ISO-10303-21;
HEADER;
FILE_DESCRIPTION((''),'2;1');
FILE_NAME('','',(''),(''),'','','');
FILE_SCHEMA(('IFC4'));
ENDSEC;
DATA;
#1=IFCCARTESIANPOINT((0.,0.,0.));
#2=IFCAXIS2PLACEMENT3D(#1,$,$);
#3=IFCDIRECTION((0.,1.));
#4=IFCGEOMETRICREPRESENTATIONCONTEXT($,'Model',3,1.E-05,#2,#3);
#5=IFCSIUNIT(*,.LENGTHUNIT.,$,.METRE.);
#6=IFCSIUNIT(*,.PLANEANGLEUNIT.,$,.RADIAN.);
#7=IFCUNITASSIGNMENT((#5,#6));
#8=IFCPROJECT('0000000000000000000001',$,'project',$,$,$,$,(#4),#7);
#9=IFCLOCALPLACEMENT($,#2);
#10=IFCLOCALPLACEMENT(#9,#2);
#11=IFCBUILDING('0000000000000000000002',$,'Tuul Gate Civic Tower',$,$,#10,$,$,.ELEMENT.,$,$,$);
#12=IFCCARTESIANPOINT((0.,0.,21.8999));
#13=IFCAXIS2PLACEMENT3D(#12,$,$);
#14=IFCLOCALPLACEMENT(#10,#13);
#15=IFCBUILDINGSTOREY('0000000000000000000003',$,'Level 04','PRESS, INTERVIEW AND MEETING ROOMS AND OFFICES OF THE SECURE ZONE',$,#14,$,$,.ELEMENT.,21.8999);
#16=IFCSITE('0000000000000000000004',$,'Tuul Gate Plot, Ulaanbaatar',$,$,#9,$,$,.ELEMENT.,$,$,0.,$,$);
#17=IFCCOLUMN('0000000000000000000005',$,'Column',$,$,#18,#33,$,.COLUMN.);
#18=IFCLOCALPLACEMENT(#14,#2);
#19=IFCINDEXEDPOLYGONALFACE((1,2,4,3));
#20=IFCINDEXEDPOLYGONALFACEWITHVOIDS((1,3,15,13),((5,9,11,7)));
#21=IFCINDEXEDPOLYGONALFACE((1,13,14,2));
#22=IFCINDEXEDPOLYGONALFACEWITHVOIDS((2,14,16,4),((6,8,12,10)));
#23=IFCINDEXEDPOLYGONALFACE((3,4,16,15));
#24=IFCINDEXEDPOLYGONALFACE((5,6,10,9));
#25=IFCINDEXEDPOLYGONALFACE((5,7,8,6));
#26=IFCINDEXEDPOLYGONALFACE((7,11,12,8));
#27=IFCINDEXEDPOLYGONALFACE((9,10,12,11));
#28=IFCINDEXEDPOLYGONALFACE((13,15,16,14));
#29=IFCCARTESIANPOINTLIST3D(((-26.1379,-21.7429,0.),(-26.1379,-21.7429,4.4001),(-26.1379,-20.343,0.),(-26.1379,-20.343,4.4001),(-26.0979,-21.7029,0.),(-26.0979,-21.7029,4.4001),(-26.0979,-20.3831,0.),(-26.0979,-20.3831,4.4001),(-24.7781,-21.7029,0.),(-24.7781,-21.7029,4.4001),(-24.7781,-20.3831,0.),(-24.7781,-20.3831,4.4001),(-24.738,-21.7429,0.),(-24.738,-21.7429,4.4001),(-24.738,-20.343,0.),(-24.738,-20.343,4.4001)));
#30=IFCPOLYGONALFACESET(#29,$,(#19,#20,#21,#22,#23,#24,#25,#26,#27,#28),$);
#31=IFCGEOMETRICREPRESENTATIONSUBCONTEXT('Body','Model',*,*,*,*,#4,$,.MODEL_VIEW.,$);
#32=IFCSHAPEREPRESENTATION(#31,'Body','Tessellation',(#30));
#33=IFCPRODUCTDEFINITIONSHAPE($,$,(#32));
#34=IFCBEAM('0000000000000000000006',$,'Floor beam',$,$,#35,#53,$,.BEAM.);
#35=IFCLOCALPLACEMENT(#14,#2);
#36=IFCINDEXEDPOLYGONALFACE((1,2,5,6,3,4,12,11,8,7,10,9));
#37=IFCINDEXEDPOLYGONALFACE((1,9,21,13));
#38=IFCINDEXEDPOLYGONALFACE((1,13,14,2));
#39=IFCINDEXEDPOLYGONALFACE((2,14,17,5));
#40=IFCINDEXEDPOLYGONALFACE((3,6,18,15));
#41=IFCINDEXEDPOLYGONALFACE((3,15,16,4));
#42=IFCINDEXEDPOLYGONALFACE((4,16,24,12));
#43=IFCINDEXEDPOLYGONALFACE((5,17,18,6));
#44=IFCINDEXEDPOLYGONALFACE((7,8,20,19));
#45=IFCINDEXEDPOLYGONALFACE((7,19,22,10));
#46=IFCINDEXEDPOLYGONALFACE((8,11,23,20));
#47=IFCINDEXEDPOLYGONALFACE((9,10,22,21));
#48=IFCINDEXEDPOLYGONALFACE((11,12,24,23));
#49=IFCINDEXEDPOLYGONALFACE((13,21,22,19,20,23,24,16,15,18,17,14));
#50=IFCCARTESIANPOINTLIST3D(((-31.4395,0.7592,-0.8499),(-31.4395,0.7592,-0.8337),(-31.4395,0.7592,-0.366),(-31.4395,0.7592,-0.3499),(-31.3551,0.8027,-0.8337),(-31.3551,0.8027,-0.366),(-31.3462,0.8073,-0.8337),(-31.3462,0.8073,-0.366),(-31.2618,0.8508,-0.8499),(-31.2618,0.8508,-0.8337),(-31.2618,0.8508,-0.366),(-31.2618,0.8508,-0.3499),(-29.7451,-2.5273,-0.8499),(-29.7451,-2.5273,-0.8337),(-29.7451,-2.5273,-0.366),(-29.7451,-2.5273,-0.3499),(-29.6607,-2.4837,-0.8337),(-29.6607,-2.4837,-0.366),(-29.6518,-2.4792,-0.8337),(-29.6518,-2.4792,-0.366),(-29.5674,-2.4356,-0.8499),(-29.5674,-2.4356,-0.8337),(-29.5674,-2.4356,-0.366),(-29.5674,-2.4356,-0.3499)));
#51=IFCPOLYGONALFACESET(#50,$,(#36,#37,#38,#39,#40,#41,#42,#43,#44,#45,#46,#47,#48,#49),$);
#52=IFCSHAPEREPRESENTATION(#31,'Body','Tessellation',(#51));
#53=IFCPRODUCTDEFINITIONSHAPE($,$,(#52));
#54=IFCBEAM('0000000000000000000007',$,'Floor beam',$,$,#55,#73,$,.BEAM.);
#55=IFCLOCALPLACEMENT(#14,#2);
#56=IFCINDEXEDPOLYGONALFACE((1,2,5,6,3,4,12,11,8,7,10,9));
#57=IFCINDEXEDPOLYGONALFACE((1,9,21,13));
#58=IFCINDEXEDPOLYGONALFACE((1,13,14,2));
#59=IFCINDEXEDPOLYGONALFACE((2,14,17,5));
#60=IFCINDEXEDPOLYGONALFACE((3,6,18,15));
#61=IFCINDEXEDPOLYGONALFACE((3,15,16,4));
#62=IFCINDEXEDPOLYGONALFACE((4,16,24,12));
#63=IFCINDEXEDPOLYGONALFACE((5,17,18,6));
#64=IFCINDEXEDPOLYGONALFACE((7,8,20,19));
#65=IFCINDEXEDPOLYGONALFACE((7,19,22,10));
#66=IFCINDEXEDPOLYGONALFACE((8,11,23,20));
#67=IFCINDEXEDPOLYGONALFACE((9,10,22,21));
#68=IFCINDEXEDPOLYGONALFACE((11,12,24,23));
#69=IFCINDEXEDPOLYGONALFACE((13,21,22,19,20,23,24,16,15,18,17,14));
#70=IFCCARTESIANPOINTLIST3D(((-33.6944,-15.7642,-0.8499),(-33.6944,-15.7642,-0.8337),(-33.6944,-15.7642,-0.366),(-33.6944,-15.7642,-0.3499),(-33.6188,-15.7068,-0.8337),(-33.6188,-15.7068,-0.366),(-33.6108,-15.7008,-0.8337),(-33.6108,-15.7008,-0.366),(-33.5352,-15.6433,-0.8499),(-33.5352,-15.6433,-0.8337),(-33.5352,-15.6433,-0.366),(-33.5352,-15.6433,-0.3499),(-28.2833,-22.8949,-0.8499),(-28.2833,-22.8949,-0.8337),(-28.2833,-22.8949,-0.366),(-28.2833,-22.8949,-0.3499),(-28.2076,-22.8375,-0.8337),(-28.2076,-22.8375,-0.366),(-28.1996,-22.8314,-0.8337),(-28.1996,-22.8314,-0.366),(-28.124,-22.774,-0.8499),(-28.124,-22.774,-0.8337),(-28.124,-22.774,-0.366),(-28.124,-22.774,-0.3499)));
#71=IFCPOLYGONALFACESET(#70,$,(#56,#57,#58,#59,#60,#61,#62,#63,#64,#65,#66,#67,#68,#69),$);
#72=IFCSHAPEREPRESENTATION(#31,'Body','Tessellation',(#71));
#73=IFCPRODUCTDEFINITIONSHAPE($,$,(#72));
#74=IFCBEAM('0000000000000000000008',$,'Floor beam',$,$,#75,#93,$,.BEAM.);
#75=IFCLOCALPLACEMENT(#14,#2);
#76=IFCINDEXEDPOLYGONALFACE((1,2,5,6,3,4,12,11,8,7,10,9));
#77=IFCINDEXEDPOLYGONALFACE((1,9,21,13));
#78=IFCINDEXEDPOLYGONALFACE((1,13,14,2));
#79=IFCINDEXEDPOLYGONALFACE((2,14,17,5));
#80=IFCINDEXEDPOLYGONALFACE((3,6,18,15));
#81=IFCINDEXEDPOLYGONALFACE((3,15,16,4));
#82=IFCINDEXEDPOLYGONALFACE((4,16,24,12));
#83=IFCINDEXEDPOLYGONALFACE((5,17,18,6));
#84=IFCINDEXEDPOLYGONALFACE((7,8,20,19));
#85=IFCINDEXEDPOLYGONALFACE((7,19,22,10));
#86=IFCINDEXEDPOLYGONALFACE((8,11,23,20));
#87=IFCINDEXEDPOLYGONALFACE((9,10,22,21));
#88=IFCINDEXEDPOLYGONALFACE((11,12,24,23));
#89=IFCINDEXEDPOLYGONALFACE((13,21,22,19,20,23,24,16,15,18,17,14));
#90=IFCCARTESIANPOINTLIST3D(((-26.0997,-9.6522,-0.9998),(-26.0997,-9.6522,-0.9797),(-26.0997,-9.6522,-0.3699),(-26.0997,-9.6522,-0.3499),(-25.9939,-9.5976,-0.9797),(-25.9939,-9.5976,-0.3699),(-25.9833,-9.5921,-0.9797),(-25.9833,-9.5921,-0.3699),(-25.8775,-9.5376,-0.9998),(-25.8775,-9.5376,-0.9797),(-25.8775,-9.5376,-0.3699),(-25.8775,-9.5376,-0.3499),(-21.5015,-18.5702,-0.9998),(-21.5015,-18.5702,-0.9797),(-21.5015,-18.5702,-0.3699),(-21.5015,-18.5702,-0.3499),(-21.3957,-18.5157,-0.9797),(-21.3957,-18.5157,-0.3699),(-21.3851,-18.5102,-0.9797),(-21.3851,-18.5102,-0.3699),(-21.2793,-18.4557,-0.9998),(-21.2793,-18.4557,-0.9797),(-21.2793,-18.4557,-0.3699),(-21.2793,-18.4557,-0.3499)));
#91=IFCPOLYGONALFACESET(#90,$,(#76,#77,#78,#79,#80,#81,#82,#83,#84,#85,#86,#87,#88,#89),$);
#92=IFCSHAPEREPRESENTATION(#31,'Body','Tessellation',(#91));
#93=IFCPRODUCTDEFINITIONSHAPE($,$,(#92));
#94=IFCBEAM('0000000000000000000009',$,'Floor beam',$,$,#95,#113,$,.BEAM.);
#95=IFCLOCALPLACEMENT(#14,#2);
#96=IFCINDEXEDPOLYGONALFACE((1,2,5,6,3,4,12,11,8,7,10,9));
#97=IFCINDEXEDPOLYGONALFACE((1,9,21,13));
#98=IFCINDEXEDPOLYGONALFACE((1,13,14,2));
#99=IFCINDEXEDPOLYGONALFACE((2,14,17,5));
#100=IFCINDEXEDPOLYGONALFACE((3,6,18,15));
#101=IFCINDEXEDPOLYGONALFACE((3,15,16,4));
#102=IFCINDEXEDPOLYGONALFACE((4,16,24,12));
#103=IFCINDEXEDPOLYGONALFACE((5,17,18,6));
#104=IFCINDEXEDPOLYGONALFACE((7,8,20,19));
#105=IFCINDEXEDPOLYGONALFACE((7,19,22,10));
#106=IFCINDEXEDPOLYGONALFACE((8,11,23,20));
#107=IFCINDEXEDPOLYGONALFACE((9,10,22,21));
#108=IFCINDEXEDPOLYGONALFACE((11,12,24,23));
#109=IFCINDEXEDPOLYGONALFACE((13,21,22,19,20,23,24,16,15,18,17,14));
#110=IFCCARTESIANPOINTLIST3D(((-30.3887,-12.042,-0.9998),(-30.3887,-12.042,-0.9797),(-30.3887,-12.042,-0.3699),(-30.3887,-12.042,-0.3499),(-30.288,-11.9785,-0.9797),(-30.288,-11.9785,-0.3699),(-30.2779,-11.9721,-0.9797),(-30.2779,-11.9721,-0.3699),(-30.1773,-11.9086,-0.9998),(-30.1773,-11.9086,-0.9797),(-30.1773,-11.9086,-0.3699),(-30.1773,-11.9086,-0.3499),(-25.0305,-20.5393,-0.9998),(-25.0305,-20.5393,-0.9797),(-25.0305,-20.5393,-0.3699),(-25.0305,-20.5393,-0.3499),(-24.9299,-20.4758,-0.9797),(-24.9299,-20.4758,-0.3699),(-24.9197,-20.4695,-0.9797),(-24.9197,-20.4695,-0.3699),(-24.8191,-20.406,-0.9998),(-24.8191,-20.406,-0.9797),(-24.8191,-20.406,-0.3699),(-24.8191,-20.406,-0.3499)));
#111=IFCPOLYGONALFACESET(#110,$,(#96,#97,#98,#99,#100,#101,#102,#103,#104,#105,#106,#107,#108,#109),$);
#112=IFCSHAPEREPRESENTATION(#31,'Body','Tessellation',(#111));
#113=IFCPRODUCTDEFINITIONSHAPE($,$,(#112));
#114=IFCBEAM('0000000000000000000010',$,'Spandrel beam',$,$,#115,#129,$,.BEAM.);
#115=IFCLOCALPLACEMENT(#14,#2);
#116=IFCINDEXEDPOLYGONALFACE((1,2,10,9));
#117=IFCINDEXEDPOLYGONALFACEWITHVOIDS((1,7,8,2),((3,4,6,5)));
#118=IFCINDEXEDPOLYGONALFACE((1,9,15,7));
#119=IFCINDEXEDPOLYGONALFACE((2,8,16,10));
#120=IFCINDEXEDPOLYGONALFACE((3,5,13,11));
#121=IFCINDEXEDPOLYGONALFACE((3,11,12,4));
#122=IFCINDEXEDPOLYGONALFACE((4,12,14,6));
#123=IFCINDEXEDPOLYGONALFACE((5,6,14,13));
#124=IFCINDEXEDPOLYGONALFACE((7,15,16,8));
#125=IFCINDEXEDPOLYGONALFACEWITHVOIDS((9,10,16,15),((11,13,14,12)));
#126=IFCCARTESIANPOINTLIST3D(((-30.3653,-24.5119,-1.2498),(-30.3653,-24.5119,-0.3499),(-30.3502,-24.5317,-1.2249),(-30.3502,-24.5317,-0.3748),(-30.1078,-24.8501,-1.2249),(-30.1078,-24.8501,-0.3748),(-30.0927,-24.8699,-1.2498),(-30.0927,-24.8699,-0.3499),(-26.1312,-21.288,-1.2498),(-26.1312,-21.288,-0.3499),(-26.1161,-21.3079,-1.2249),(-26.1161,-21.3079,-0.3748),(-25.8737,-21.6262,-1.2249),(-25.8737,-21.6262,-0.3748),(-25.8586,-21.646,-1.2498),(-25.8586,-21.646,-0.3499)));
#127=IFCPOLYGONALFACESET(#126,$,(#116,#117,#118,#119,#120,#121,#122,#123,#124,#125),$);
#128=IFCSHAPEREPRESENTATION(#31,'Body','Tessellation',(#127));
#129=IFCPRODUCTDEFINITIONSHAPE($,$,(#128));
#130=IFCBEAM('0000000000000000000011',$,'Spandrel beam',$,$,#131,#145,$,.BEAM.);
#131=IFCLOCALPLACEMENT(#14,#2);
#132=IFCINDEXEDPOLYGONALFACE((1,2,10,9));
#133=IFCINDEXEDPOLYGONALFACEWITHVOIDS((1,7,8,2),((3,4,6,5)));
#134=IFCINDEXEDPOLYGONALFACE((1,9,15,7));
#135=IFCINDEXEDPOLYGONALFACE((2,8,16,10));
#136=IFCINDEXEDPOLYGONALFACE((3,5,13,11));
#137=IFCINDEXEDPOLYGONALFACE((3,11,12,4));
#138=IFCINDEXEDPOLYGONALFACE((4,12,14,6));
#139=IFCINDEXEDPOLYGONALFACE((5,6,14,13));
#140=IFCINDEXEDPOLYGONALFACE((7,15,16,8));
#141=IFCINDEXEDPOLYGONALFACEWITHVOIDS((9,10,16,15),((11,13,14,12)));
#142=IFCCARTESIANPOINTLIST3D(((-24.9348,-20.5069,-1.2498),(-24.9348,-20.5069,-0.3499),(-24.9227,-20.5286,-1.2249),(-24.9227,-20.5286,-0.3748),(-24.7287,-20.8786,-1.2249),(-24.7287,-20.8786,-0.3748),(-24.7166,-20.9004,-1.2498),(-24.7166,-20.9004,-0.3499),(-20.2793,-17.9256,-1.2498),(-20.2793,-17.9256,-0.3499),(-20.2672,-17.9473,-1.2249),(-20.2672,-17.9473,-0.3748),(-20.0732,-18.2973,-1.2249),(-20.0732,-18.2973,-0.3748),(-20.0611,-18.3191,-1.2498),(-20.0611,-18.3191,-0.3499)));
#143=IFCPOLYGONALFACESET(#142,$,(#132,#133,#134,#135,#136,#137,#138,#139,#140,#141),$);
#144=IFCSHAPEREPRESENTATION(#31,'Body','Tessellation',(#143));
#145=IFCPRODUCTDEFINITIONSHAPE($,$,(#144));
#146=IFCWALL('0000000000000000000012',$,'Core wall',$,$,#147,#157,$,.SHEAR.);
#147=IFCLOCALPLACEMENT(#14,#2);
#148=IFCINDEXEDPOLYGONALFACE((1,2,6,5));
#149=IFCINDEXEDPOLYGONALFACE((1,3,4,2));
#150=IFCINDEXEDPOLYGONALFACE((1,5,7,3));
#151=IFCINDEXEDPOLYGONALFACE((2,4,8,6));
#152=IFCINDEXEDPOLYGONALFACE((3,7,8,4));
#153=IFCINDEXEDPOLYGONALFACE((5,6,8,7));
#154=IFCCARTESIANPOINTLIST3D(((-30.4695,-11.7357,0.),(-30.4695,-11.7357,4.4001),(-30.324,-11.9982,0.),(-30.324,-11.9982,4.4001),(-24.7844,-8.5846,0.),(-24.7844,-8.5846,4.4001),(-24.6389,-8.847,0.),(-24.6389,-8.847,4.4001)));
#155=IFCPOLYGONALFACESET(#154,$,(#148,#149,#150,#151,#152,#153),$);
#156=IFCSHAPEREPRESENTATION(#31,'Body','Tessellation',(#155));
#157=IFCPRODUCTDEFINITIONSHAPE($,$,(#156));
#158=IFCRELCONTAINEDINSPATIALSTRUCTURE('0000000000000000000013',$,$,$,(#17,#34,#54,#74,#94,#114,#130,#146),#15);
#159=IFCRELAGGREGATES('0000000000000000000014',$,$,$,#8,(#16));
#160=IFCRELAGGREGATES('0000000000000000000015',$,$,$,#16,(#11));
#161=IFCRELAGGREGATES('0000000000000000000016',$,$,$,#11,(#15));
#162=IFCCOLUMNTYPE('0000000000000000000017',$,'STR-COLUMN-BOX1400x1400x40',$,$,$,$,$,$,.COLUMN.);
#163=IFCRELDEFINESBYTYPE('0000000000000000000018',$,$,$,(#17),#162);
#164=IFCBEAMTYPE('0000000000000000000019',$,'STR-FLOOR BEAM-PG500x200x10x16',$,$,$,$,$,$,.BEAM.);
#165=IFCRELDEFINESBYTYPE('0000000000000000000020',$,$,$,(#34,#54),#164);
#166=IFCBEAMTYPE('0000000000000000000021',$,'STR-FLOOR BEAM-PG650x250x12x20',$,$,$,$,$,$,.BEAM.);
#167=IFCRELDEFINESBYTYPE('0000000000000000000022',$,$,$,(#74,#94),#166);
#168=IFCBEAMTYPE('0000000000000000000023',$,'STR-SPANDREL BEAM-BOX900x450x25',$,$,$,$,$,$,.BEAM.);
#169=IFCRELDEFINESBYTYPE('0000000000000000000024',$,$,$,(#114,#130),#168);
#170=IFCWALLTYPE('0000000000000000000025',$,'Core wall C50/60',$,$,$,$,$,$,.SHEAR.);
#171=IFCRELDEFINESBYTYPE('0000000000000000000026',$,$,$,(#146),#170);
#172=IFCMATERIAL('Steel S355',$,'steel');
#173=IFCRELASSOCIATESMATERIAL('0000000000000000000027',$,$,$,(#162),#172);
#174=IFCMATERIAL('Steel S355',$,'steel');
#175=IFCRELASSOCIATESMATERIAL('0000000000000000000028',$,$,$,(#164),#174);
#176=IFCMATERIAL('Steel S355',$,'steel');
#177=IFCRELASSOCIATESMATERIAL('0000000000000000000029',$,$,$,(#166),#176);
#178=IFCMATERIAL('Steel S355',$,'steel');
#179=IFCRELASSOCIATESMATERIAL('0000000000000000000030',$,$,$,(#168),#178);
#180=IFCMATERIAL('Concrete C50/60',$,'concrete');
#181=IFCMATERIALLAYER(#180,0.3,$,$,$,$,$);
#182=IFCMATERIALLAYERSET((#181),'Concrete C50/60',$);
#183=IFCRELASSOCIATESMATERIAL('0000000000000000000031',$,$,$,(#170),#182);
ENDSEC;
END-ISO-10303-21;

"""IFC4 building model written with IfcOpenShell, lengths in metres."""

from ifc_helpers import new_model, si_unit, direction, frame, frame_2d, origin, origin_2d, place, context, subcontext, project, spatial, rectangle, hollow_rectangle, i_section, extrude, material, layer, layer_set, material_profile, profile_set, type_object, element, save


model = new_model("IFC4")

# Units and contexts
model_context = context("Model", 3, precision=1e-05, world=origin(), true_north=direction((0.0, 1.0)))
body_context = subcontext(model_context, "Body", "Model", "MODEL_VIEW")
ifc_project = project(units=[si_unit("LENGTHUNIT", "METRE"), si_unit("PLANEANGLEUNIT", "RADIAN")], contexts=[model_context])

# Site, building, storey
site_placement = place(None, origin())
site = spatial("IfcSite", under=ifc_project, at=site_placement, Name="Tuul Gate Plot, Ulaanbaatar", CompositionType="ELEMENT", RefElevation=0.0)
building_placement = place(site_placement, origin())
building = spatial("IfcBuilding", under=site, at=building_placement, Name="Tuul Gate Civic Tower", CompositionType="ELEMENT")
storey_placement = place(building_placement, frame((0.0, 0.0, 21.8999)))
storey = spatial("IfcBuildingStorey", under=building, at=storey_placement, Name="Level 04", Description="PRESS, INTERVIEW AND MEETING ROOMS AND OFFICES OF THE SECURE ZONE", CompositionType="ELEMENT", Elevation=21.8999)

# Column
ifc_material_1 = material(Name="Steel S355", Category="steel")
ifc_material_profile_1 = material_profile(ifc_material_1, hollow_rectangle(XDim=1.3999, YDim=1.3999, WallThickness=0.04, at=origin_2d()), Name="BOX1400x1400x40")
ifc_profile_set_1 = profile_set([ifc_material_profile_1], Name="Steel S355")
column_type = type_object("IfcColumnType", Name="STR-COLUMN-BOX1400x1400x40", PredefinedType="COLUMN", material=ifc_profile_set_1)
column_placement = place(storey_placement, frame((-25.438, -21.043, 0.0), z_axis=(0.0, 0.0, 1.0), x_axis=(1.0, 0.0, 0.0)))
element("IfcColumn", 1, at=column_placement, inside=storey, type_object=column_type, Name="Column", PredefinedType="COLUMN", context=body_context, shape_type="SweptSolid", body=[
    extrude(hollow_rectangle(XDim=1.3999, YDim=1.3999, WallThickness=0.04, at=origin_2d()), origin(), (0.0, 0.0, 1.0), 4.4001),
])

# Beams
ifc_material_2 = material(Name="Steel S355", Category="steel")
ifc_material_profile_2 = material_profile(ifc_material_2, i_section(OverallWidth=0.2, OverallDepth=0.5, WebThickness=0.01, FlangeThickness=0.0161, at=origin_2d()), Name="PG500x200x10x16")
ifc_profile_set_2 = profile_set([ifc_material_profile_2], Name="Steel S355")
beam_type_1 = type_object("IfcBeamType", Name="STR-FLOOR BEAM-PG500x200x10x16", PredefinedType="BEAM", material=ifc_profile_set_2)
beam_1_placement = place(storey_placement, frame((-29.6562, -2.4814, -0.5999), z_axis=(-0.458246, 0.888825, 0.0), x_axis=(-0.888825, -0.458246, 0.0)))
element("IfcBeam", 2, at=beam_1_placement, inside=storey, type_object=beam_type_1, Name="Floor beam", PredefinedType="BEAM", context=body_context, shape_type="SweptSolid", body=[
    extrude(i_section(OverallWidth=0.2, OverallDepth=0.5, WebThickness=0.01, FlangeThickness=0.0161, at=origin_2d()), origin(), (0.0, 0.0, 1.0), 3.6975),
])
beam_2_placement = place(storey_placement, frame((-28.2036, -22.8345, -0.5999), z_axis=(-0.604507, 0.7966, 0.0), x_axis=(-0.7966, -0.604507, 0.0)))
element("IfcBeam", 3, at=beam_2_placement, inside=storey, type_object=beam_type_1, Name="Floor beam", PredefinedType="BEAM", context=body_context, shape_type="SweptSolid", body=[
    extrude(i_section(OverallWidth=0.2, OverallDepth=0.5, WebThickness=0.01, FlangeThickness=0.0161, at=origin_2d()), origin(), (0.0, 0.0, 1.0), 8.9514),
])
ifc_material_3 = material(Name="Steel S355", Category="steel")
ifc_material_profile_3 = material_profile(ifc_material_3, i_section(OverallWidth=0.25, OverallDepth=0.6499, WebThickness=0.012, FlangeThickness=0.02, at=origin_2d()), Name="PG650x250x12x20")
ifc_profile_set_3 = profile_set([ifc_material_profile_3], Name="Steel S355")
beam_type_2 = type_object("IfcBeamType", Name="STR-FLOOR BEAM-PG650x250x12x20", PredefinedType="BEAM", material=ifc_profile_set_3)
beam_3_placement = place(storey_placement, frame((-21.3904, -18.5129, -0.6748), z_axis=(-0.458275, 0.888811, 0.0), x_axis=(-0.888811, -0.458275, 0.0)))
element("IfcBeam", 4, at=beam_3_placement, inside=storey, type_object=beam_type_2, Name="Floor beam", PredefinedType="BEAM", context=body_context, shape_type="SweptSolid", body=[
    extrude(i_section(OverallWidth=0.25, OverallDepth=0.6499, WebThickness=0.012, FlangeThickness=0.02, at=origin_2d()), origin(), (0.0, 0.0, 1.0), 10.0337),
])
beam_4_placement = place(storey_placement, frame((-24.9248, -20.4727, -0.6748), z_axis=(-0.533383, 0.845874, 0.0), x_axis=(-0.845874, -0.533383, 0.0)))
element("IfcBeam", 5, at=beam_4_placement, inside=storey, type_object=beam_type_2, Name="Floor beam", PredefinedType="BEAM", context=body_context, shape_type="SweptSolid", body=[
    extrude(i_section(OverallWidth=0.25, OverallDepth=0.6499, WebThickness=0.012, FlangeThickness=0.02, at=origin_2d()), origin(), (0.0, 0.0, 1.0), 10.0457),
])
ifc_material_4 = material(Name="Steel S355", Category="steel")
ifc_material_profile_4 = material_profile(ifc_material_4, hollow_rectangle(XDim=0.45, YDim=0.8999, WallThickness=0.0249, at=origin_2d()), Name="BOX900x450x25")
ifc_profile_set_4 = profile_set([ifc_material_profile_4], Name="Steel S355")
beam_type_3 = type_object("IfcBeamType", Name="STR-SPANDREL BEAM-BOX900x450x25", PredefinedType="BEAM", material=ifc_profile_set_4)
beam_5_placement = place(storey_placement, frame((-30.229, -24.6909, -0.7998), z_axis=(0.795624, 0.60579, 0.0), x_axis=(-0.60579, 0.795624, 0.0)))
element("IfcBeam", 6, at=beam_5_placement, inside=storey, type_object=beam_type_3, Name="Spandrel beam", PredefinedType="BEAM", context=body_context, shape_type="SweptSolid", body=[
    extrude(hollow_rectangle(XDim=0.45, YDim=0.8999, WallThickness=0.0249, at=origin_2d()), origin(), (0.0, 0.0, 1.0), 5.3218),
])
beam_6_placement = place(storey_placement, frame((-24.8257, -20.7036, -0.7998), z_axis=(0.874564, 0.484911, 0.0), x_axis=(-0.484911, 0.874564, 0.0)))
element("IfcBeam", 7, at=beam_6_placement, inside=storey, type_object=beam_type_3, Name="Spandrel beam", PredefinedType="BEAM", context=body_context, shape_type="SweptSolid", body=[
    extrude(hollow_rectangle(XDim=0.45, YDim=0.8999, WallThickness=0.0249, at=origin_2d()), origin(), (0.0, 0.0, 1.0), 5.3232),
])

# Wall
ifc_material_5 = material(Name="Concrete C50/60", Category="concrete")
ifc_layer_1 = layer(ifc_material_5, 0.3)
ifc_layer_set_1 = layer_set([ifc_layer_1], Name="Concrete C50/60")
wall_type_1 = type_object("IfcWallType", Name="Core wall C50/60", PredefinedType="SHEAR", material=ifc_layer_set_1)
wall_1_placement = place(storey_placement, frame((-24.7117, -8.7158, 0.0), z_axis=(0.0, 0.0, 1.0), x_axis=(-0.87463, -0.484791, 0.0)))
element("IfcWall", 8, at=wall_1_placement, inside=storey, type_object=wall_type_1, Name="Core wall", PredefinedType="SHEAR", context=body_context, shape_type="SweptSolid", body=[
    extrude(rectangle(XDim=6.5, YDim=0.3, at=frame_2d((3.25, 0.0))), origin(), (0.0, 0.0, 1.0), 4.4001),
])

save(model, "model.ifc")
